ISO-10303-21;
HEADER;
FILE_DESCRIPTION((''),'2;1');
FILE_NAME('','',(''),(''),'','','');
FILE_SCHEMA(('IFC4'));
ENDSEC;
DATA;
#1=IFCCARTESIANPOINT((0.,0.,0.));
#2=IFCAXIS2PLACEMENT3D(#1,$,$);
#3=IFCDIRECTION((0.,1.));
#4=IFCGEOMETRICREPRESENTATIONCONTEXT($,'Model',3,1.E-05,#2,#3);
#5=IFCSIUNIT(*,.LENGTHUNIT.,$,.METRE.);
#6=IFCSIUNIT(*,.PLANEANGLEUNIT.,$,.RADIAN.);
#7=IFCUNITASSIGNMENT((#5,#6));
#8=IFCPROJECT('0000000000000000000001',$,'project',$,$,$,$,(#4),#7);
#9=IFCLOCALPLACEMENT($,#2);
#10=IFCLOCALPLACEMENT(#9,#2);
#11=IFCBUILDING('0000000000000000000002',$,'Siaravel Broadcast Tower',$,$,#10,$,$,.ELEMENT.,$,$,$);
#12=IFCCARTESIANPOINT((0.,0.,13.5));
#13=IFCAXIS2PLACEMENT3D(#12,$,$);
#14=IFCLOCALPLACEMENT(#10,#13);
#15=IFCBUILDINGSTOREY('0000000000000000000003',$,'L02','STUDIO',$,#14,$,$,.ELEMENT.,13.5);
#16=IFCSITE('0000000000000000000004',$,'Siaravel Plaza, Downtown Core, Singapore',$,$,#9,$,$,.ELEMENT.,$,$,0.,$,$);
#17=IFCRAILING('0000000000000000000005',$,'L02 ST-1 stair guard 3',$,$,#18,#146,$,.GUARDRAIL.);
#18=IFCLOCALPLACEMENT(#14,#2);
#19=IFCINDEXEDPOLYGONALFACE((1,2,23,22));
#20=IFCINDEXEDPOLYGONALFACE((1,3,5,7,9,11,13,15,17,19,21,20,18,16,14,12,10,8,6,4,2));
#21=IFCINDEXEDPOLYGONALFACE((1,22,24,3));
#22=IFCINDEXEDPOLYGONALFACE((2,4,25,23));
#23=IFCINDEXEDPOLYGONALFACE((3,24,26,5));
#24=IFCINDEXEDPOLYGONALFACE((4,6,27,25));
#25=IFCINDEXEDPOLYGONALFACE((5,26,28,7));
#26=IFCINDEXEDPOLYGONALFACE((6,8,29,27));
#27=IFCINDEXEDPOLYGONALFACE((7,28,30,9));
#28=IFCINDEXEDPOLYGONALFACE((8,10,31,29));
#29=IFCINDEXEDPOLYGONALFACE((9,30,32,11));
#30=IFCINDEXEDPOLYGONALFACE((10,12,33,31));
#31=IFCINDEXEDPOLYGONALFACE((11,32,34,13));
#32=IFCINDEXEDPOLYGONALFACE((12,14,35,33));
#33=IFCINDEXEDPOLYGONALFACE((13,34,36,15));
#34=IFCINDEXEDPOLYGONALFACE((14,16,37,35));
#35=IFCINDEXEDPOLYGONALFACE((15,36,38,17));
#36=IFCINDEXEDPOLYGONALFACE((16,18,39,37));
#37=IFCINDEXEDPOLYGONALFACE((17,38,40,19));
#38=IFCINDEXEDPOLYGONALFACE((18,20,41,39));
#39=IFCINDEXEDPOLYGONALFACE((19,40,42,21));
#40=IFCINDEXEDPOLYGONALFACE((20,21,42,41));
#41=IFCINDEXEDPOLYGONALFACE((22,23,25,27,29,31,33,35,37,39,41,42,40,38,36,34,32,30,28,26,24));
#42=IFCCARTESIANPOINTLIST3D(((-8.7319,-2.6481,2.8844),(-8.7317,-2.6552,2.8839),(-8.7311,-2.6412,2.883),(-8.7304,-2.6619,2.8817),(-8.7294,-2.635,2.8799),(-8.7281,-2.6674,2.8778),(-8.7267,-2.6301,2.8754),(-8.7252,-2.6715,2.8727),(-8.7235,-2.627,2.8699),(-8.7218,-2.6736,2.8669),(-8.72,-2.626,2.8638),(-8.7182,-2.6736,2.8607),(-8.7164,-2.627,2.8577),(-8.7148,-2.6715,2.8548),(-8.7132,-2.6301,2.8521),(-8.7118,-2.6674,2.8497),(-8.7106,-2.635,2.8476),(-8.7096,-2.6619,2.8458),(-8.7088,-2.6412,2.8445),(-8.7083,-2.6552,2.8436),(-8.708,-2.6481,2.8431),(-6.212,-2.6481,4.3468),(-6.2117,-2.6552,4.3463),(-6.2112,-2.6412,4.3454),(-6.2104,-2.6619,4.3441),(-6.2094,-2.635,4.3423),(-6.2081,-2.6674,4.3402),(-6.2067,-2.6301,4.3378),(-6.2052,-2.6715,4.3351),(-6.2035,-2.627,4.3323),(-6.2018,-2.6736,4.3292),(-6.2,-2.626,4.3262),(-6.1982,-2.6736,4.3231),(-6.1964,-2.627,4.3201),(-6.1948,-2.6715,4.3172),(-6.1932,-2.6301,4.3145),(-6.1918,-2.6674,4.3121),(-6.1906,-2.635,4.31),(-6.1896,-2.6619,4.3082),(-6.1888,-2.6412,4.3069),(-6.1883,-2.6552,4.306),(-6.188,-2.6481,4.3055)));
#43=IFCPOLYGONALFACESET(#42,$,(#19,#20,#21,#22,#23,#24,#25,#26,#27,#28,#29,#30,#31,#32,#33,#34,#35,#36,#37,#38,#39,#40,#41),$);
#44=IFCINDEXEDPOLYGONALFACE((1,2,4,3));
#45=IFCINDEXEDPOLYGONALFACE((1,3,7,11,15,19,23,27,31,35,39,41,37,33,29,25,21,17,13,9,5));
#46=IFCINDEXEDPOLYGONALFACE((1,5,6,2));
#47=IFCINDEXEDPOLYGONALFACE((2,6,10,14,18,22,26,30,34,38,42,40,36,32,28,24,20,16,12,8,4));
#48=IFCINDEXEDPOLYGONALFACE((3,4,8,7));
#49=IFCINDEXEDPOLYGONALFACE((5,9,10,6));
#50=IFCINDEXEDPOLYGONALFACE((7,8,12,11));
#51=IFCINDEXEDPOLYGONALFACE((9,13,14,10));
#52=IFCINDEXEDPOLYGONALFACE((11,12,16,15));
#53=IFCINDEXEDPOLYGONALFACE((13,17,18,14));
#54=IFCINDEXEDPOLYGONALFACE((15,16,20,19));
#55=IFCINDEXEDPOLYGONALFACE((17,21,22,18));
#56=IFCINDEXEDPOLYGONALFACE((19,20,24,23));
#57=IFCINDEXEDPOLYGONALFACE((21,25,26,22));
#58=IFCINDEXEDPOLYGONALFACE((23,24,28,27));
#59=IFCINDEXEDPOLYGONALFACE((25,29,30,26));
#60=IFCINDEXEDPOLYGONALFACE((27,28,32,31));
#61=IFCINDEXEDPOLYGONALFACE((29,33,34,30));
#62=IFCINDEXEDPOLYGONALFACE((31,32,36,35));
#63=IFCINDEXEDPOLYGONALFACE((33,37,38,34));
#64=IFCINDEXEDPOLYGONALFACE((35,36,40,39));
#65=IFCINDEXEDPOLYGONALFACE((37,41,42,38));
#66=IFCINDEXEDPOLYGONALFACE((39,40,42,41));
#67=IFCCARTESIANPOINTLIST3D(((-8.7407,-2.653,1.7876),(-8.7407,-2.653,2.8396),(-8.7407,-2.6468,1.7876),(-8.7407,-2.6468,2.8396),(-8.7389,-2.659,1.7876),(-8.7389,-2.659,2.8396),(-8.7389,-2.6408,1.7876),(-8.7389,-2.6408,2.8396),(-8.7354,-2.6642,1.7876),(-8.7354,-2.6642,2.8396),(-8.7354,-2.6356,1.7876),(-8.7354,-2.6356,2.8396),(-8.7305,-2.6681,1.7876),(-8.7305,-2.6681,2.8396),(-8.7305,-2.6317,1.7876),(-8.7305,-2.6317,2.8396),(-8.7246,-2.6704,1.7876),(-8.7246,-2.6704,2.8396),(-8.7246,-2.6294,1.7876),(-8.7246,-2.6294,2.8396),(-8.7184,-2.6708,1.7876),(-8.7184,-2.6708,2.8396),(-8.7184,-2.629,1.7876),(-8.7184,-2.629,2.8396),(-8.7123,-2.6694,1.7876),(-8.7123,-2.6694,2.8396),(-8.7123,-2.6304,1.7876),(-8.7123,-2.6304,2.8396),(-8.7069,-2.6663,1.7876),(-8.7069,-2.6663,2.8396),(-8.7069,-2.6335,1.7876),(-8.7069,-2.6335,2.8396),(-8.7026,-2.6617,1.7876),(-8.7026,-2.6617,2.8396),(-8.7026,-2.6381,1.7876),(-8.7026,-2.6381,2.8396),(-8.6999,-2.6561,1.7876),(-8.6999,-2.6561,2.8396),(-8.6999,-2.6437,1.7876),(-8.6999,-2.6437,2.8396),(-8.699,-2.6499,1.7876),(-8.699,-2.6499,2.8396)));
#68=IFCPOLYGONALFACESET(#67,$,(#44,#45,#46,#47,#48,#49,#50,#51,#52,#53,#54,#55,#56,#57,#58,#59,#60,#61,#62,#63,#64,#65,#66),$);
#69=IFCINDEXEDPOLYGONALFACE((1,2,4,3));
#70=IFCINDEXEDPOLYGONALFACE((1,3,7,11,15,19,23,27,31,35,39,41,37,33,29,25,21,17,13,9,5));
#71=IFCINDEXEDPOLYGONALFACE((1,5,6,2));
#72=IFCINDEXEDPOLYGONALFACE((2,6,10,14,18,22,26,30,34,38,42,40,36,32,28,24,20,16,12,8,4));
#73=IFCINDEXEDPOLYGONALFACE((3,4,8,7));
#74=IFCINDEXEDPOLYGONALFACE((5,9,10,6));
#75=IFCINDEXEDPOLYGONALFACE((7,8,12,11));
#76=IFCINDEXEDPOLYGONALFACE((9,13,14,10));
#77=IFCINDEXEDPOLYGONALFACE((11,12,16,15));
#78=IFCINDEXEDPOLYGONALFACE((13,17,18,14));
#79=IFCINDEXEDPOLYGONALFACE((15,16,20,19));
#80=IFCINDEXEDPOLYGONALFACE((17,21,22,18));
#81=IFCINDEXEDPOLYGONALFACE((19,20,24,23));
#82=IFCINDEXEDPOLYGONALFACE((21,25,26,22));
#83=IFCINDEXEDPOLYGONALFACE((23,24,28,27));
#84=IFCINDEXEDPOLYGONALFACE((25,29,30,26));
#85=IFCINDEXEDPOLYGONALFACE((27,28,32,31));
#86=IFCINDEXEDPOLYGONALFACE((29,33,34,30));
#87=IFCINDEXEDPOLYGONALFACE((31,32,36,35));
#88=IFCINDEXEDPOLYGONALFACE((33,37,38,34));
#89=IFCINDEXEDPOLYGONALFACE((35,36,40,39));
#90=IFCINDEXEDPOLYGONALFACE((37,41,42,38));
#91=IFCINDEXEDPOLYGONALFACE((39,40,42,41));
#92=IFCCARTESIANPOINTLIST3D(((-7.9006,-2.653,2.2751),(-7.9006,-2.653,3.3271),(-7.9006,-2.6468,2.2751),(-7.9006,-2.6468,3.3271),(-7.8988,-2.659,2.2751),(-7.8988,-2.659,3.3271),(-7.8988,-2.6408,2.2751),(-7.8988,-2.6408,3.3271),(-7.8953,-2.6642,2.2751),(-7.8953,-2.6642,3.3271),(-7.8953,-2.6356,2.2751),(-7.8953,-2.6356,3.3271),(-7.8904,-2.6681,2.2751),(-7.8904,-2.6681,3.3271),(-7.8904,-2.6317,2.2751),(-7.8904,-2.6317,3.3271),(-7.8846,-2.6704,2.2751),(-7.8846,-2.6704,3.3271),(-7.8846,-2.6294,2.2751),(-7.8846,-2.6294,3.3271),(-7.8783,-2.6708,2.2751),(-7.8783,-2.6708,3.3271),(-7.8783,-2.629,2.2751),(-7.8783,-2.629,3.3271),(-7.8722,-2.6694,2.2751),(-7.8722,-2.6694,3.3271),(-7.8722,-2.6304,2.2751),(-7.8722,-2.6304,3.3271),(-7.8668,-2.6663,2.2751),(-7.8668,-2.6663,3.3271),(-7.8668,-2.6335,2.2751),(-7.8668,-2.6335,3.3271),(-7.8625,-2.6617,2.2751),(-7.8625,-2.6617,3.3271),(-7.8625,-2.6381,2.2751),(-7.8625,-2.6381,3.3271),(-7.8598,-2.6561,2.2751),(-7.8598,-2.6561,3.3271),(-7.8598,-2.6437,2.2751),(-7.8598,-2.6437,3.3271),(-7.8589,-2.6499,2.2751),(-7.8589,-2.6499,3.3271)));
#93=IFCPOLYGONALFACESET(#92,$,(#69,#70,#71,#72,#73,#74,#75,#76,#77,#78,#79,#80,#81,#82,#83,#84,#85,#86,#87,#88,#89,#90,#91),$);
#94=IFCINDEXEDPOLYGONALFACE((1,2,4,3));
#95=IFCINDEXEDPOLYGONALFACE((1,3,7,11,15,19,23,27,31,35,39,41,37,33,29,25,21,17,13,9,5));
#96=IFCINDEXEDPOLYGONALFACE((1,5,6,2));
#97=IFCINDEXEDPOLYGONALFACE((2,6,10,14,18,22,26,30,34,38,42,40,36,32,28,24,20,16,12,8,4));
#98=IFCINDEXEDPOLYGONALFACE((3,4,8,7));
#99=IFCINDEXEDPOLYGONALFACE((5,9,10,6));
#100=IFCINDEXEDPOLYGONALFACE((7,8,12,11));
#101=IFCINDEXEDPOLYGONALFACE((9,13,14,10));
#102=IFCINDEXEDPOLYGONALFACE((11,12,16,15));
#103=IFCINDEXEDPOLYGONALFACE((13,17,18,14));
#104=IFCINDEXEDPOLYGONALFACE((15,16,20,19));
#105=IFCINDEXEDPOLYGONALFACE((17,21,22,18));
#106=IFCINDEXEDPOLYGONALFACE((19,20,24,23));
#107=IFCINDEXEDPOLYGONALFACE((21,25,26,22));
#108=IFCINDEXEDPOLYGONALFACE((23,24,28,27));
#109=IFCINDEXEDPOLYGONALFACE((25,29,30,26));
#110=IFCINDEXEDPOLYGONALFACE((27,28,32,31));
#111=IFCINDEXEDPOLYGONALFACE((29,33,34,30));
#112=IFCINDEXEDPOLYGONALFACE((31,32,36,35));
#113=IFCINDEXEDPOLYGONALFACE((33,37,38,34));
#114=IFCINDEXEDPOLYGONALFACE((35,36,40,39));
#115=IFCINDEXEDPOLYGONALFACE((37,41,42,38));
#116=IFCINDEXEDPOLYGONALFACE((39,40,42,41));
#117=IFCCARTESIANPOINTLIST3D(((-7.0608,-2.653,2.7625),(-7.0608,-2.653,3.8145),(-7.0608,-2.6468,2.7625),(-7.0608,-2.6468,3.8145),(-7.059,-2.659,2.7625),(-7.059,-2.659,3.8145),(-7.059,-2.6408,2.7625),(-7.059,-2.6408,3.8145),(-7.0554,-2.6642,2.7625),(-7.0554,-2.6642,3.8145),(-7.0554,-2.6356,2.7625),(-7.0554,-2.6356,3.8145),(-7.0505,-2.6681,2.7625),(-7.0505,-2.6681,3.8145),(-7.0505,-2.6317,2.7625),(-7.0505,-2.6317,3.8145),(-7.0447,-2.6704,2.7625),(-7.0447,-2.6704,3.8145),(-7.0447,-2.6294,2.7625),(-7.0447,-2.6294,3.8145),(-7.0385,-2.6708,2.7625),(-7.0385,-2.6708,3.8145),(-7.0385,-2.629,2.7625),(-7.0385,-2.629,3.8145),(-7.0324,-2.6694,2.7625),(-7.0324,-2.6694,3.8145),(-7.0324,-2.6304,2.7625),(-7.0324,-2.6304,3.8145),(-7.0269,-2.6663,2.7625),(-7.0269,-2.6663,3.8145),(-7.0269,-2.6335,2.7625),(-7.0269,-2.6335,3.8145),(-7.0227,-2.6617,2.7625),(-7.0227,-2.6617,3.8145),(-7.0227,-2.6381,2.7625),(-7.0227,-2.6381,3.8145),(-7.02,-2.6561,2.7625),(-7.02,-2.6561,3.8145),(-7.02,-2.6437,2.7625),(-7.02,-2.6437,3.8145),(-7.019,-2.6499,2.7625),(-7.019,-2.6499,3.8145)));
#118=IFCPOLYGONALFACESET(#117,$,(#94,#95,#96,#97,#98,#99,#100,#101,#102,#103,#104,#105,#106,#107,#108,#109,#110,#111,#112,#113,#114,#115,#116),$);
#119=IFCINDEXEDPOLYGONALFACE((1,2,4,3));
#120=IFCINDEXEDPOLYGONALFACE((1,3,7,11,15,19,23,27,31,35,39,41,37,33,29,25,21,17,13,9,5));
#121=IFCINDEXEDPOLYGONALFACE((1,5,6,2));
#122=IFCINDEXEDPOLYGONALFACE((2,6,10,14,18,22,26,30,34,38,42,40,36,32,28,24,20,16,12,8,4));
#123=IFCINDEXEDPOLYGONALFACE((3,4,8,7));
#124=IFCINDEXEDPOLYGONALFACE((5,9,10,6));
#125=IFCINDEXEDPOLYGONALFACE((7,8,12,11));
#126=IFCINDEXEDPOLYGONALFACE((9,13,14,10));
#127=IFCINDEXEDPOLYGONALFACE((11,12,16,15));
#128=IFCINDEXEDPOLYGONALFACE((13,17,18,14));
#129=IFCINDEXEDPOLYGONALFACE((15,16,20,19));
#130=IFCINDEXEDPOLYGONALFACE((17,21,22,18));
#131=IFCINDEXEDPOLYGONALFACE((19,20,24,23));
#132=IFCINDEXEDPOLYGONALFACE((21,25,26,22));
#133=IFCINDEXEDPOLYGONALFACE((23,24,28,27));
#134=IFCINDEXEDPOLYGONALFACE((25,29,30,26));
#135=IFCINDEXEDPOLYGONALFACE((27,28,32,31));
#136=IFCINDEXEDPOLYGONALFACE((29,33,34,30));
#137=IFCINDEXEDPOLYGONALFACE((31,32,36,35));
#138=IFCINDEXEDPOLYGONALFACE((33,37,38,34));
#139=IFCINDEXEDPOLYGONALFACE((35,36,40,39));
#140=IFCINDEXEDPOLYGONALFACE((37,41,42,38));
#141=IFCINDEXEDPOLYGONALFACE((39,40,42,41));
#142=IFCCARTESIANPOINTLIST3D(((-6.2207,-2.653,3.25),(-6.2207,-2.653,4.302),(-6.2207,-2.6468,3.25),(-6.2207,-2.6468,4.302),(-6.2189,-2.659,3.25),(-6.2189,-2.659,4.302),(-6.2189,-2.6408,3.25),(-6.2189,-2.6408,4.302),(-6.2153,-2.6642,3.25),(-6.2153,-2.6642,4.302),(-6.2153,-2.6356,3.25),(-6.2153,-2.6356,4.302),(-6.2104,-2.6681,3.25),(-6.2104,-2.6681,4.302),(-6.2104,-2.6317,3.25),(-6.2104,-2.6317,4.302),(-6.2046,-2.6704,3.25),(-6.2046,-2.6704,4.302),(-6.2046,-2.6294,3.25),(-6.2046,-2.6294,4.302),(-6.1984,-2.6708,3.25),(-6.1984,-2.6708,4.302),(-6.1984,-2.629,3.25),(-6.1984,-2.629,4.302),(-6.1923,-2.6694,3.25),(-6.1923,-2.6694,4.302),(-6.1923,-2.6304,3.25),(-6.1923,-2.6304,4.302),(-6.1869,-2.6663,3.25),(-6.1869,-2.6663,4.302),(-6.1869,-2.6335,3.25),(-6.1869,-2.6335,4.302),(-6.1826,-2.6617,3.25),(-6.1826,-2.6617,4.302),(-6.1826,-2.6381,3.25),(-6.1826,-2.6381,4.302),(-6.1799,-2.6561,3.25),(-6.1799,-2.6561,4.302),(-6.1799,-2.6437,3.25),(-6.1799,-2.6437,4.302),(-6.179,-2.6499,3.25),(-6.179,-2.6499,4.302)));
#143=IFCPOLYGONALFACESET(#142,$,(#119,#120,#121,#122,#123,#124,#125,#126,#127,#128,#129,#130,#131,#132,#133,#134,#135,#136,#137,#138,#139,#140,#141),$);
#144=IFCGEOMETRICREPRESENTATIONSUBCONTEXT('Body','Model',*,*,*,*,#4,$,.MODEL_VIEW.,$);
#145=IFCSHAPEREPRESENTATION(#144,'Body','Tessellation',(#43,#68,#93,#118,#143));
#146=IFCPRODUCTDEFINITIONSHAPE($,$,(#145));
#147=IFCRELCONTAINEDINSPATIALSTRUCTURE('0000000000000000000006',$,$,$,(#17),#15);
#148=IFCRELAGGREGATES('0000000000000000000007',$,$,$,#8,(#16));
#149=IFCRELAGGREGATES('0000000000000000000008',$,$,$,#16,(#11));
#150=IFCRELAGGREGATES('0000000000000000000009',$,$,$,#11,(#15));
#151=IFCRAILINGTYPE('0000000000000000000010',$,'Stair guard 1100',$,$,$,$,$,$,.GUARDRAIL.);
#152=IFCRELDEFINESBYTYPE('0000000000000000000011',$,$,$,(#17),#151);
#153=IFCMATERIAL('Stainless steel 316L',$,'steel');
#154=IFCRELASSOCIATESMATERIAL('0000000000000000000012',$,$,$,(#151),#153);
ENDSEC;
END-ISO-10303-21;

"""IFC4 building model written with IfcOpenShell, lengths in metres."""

from ifc_helpers import new_model, si_unit, direction, frame, origin, origin_2d, place, context, subcontext, project, spatial, circle, extrude, material, type_object, element, save


model = new_model("IFC4")

# Units and contexts
model_context = context("Model", 3, precision=1e-05, world=origin(), true_north=direction((0.0, 1.0)))
body_context = subcontext(model_context, "Body", "Model", "MODEL_VIEW")
ifc_project = project(units=[si_unit("LENGTHUNIT", "METRE"), si_unit("PLANEANGLEUNIT", "RADIAN")], contexts=[model_context])

# Site, building, storey
site_placement = place(None, origin())
site = spatial("IfcSite", under=ifc_project, at=site_placement, Name="Siaravel Plaza, Downtown Core, Singapore", CompositionType="ELEMENT", RefElevation=0.0)
building_placement = place(site_placement, origin())
building = spatial("IfcBuilding", under=site, at=building_placement, Name="Siaravel Broadcast Tower", CompositionType="ELEMENT")
storey_placement = place(building_placement, frame((0.0, 0.0, 13.5)))
storey = spatial("IfcBuildingStorey", under=building, at=storey_placement, Name="L02", Description="STUDIO", CompositionType="ELEMENT", Elevation=13.5)

# Railing
ifc_material_1 = material(Name="Stainless steel 316L", Category="steel")
railing_type_1 = type_object("IfcRailingType", Name="Stair guard 1100", PredefinedType="GUARDRAIL", material=ifc_material_1)
railing_1_placement = place(storey_placement, frame((-8.72, -2.6499, 1.7876)))
element("IfcRailing", 1, at=railing_1_placement, inside=storey, type_object=railing_type_1, Name="L02 ST-1 stair guard 3", PredefinedType="GUARDRAIL", context=body_context, shape_type="SweptSolid", body=[
    extrude(circle(Radius=0.0239, at=origin_2d()), frame((0.0, 0.0, 1.0762), z_axis=(0.864913, 0.0, 0.501921), x_axis=(0.0, 1.0, 0.0)), (0.0, 0.0, 1.0), 2.9136),
    extrude(circle(Radius=0.021, at=origin_2d()), origin(), (0.0, 0.0, 1.0), 1.052),
    extrude(circle(Radius=0.021, at=origin_2d()), frame((0.8401, 0.0, 0.4875)), (0.0, 0.0, 1.0), 1.052),
    extrude(circle(Radius=0.021, at=origin_2d()), frame((1.6799, 0.0, 0.9749)), (0.0, 0.0, 1.0), 1.052),
    extrude(circle(Radius=0.021, at=origin_2d()), frame((2.52, 0.0, 1.4624)), (0.0, 0.0, 1.0), 1.052),
])

save(model, "model.ifc")
